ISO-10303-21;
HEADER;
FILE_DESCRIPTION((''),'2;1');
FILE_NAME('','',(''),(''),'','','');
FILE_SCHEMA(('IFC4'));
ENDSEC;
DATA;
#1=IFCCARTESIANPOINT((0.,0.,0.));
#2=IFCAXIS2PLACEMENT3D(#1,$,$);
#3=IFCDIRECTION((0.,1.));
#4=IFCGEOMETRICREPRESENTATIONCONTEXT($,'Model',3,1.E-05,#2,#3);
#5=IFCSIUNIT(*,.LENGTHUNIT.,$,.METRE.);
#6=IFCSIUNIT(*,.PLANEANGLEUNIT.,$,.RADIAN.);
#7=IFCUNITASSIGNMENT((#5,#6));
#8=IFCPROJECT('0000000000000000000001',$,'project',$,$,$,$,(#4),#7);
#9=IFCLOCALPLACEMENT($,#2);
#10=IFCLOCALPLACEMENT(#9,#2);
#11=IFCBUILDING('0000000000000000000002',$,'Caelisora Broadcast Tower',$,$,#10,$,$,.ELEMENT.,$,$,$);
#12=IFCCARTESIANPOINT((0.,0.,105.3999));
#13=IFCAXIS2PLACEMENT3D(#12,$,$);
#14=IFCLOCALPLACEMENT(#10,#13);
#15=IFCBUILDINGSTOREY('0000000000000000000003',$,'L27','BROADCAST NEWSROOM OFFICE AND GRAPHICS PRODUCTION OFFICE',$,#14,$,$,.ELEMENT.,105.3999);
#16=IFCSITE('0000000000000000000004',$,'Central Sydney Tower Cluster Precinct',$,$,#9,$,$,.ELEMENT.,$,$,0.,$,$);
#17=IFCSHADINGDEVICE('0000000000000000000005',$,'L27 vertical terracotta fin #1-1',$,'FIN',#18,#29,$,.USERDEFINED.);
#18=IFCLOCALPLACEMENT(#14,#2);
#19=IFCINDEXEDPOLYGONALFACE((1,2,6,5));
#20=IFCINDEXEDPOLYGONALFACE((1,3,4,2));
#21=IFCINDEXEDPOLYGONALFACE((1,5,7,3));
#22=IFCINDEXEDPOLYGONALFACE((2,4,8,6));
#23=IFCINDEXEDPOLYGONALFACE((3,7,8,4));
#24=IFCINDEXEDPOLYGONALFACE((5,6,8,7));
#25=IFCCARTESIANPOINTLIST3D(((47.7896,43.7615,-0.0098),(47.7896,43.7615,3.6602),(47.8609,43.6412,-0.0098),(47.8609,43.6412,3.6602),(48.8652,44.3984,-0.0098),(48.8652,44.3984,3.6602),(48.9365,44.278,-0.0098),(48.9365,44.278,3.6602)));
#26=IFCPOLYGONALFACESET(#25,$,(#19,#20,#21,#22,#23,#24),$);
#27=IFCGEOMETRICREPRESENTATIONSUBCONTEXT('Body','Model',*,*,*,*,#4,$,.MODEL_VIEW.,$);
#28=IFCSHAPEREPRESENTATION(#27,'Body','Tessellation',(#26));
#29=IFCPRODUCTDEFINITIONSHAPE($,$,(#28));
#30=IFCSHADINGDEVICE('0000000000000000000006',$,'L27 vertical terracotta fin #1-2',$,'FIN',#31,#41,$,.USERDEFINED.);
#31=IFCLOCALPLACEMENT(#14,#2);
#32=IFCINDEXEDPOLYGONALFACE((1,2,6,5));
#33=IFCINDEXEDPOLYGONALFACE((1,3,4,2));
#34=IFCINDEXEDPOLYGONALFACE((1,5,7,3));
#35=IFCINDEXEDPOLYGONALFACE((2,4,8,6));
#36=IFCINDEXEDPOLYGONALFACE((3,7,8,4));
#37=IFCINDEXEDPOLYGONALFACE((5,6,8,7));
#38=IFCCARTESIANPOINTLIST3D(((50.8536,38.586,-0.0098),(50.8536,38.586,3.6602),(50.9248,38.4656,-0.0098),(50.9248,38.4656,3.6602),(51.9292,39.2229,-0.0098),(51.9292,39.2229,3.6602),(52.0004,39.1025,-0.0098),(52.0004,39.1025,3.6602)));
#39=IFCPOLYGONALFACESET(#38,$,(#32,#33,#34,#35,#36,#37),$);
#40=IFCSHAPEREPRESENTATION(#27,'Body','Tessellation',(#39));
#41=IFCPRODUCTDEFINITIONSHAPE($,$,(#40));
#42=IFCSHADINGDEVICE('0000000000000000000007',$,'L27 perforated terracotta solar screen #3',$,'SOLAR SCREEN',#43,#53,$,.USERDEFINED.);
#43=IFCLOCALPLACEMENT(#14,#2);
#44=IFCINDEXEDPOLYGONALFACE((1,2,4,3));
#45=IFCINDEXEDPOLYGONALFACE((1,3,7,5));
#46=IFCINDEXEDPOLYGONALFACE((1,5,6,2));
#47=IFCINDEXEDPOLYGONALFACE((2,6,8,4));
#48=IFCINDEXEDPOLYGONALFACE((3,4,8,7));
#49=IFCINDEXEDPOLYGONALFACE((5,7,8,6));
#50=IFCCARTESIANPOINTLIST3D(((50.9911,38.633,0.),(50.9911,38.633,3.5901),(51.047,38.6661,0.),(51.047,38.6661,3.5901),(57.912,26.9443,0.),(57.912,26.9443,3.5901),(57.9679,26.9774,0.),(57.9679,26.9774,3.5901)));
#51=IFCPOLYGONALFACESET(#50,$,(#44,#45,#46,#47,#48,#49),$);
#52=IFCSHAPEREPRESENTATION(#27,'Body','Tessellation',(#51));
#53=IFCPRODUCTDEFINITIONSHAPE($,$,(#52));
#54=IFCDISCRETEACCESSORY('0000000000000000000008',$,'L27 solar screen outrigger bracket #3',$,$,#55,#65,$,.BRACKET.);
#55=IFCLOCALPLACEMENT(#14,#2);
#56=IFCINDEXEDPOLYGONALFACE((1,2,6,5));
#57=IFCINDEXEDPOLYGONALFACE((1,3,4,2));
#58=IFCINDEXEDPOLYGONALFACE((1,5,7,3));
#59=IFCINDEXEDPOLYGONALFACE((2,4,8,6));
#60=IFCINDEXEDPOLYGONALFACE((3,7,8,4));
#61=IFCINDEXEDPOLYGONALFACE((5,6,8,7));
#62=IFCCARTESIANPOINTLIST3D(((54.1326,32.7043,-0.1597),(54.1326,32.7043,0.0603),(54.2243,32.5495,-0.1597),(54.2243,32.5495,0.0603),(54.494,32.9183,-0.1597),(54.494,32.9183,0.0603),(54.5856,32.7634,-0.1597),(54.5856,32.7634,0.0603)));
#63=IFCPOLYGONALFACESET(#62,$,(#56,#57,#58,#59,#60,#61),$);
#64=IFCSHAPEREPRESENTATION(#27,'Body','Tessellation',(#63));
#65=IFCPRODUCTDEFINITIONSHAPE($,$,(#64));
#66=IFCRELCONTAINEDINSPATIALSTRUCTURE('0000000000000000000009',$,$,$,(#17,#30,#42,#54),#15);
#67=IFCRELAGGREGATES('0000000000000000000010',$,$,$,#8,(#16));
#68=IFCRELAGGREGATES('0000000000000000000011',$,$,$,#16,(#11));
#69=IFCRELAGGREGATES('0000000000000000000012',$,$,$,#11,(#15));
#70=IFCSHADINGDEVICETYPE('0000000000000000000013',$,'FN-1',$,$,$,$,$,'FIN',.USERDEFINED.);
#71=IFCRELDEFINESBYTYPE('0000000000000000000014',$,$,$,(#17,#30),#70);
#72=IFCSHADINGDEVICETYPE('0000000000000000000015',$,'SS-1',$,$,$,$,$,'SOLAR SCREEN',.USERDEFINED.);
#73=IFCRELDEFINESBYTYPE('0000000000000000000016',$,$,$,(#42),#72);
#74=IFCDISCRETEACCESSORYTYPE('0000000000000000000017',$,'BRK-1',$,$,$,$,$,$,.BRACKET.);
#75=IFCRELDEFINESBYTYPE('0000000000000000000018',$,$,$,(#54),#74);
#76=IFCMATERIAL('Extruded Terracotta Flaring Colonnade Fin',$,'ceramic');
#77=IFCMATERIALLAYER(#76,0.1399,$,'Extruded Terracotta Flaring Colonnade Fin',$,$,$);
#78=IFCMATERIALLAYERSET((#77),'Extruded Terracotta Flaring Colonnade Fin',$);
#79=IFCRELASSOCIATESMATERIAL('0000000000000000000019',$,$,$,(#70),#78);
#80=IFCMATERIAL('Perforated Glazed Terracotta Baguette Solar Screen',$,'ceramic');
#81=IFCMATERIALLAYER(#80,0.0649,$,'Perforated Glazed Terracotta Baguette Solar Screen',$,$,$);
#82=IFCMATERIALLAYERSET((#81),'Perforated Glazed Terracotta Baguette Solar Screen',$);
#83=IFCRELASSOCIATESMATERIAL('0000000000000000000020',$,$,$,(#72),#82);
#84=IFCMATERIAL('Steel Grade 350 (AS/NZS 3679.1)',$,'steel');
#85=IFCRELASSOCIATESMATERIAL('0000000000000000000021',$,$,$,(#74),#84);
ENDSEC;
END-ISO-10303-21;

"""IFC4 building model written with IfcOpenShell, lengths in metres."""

from ifc_helpers import new_model, si_unit, direction, frame, origin, origin_2d, place, context, subcontext, project, spatial, rectangle, extrude, source, transform, mapped, material, layer, layer_set, type_object, type_shapes, element, save


model = new_model("IFC4")

# Units and contexts
model_context = context("Model", 3, precision=1e-05, world=origin(), true_north=direction((0.0, 1.0)))
body_context = subcontext(model_context, "Body", "Model", "MODEL_VIEW")
ifc_project = project(units=[si_unit("LENGTHUNIT", "METRE"), si_unit("PLANEANGLEUNIT", "RADIAN")], contexts=[model_context])

# Site, building, storey
site_placement = place(None, origin())
site = spatial("IfcSite", under=ifc_project, at=site_placement, Name="Central Sydney Tower Cluster Precinct", CompositionType="ELEMENT", RefElevation=0.0)
building_placement = place(site_placement, origin())
building = spatial("IfcBuilding", under=site, at=building_placement, Name="Caelisora Broadcast Tower", CompositionType="ELEMENT")
storey_placement = place(building_placement, frame((0.0, 0.0, 105.3999)))
storey = spatial("IfcBuildingStorey", under=building, at=storey_placement, Name="L27", Description="BROADCAST NEWSROOM OFFICE AND GRAPHICS PRODUCTION OFFICE", CompositionType="ELEMENT", Elevation=105.3999)

# Shared definitions
ifc_material_1 = material(Name="Steel Grade 350 (AS/NZS 3679.1)", Category="steel")

# Shading devices
ifc_material_2 = material(Name="Extruded Terracotta Flaring Colonnade Fin", Category="ceramic")
ifc_layer_1 = layer(ifc_material_2, 0.1399, Name="Extruded Terracotta Flaring Colonnade Fin")
ifc_layer_set_1 = layer_set([ifc_layer_1], Name="Extruded Terracotta Flaring Colonnade Fin")
shading_device_type_1 = type_object("IfcShadingDeviceType", Name="FN-1", ElementType="FIN", PredefinedType="USERDEFINED", material=ifc_layer_set_1)
shared_shape_1 = source(origin(), body_context, "Body", "SweptSolid", [
    extrude(rectangle(XDim=0.1399, YDim=1.25, at=origin_2d()), origin(), (0.0, 0.0, 1.0), 3.6699),
])
type_shapes(shading_device_type_1, [shared_shape_1])
for number, where, z_axis, x_axis, name in (
    (1, (48.363, 44.0198, -0.0098), (0.0, 0.0, 1.0), (0.509492, -0.860475, 0.0), "L27 vertical terracotta fin #1-1"),
    (2, (51.427, 38.8442, -0.0098), (0.0, 0.0, 1.0), (0.509492, -0.860475, 0.0), "L27 vertical terracotta fin #1-2"),
):
    element("IfcShadingDevice", number, at=place(storey_placement, frame(where, z_axis=z_axis, x_axis=x_axis)), inside=storey, type_object=shading_device_type_1, Name=name, ObjectType="FIN", PredefinedType="USERDEFINED", context=body_context, shape_type="MappedRepresentation", body=[
        mapped(shared_shape_1, transform((0.0, 0.0, 0.0), scale=1.0)),
    ])
ifc_material_3 = material(Name="Perforated Glazed Terracotta Baguette Solar Screen", Category="ceramic")
ifc_layer_2 = layer(ifc_material_3, 0.0649, Name="Perforated Glazed Terracotta Baguette Solar Screen")
ifc_layer_set_2 = layer_set([ifc_layer_2], Name="Perforated Glazed Terracotta Baguette Solar Screen")
shading_device_type_2 = type_object("IfcShadingDeviceType", Name="SS-1", ElementType="SOLAR SCREEN", PredefinedType="USERDEFINED", material=ifc_layer_set_2)
shared_shape_2 = source(origin(), body_context, "Body", "SweptSolid", [
    extrude(rectangle(XDim=13.584, YDim=0.0649, at=origin_2d()), origin(), (0.0, 0.0, 1.0), 3.5901),
])
type_shapes(shading_device_type_2, [shared_shape_2])
shading_device_placement = place(storey_placement, frame((54.4795, 32.8052, 0.0), z_axis=(0.0, 0.0, 1.0), x_axis=(-0.509492, 0.860475, 0.0)))
element("IfcShadingDevice", 3, at=shading_device_placement, inside=storey, type_object=shading_device_type_2, Name="L27 perforated terracotta solar screen #3", ObjectType="SOLAR SCREEN", PredefinedType="USERDEFINED", context=body_context, shape_type="MappedRepresentation", body=[
    mapped(shared_shape_2, transform((0.0, 0.0, 0.0), scale=1.0)),
])

# Discrete accessory
discrete_accessory_type = type_object("IfcDiscreteAccessoryType", Name="BRK-1", PredefinedType="BRACKET", material=ifc_material_1)
shared_shape_3 = source(origin(), body_context, "Body", "SweptSolid", [
    extrude(rectangle(XDim=0.1799, YDim=0.4199, at=origin_2d()), origin(), (0.0, 0.0, 1.0), 0.22),
])
type_shapes(discrete_accessory_type, [shared_shape_3])
discrete_accessory_placement = place(storey_placement, frame((54.3591, 32.7339, -0.1597), z_axis=(0.0, 0.0, 1.0), x_axis=(-0.509492, 0.860475, 0.0)))
element("IfcDiscreteAccessory", 4, at=discrete_accessory_placement, inside=storey, type_object=discrete_accessory_type, Name="L27 solar screen outrigger bracket #3", PredefinedType="BRACKET", context=body_context, shape_type="MappedRepresentation", body=[
    mapped(shared_shape_3, transform((0.0, 0.0, 0.0), scale=1.0)),
])

save(model, "model.ifc")
